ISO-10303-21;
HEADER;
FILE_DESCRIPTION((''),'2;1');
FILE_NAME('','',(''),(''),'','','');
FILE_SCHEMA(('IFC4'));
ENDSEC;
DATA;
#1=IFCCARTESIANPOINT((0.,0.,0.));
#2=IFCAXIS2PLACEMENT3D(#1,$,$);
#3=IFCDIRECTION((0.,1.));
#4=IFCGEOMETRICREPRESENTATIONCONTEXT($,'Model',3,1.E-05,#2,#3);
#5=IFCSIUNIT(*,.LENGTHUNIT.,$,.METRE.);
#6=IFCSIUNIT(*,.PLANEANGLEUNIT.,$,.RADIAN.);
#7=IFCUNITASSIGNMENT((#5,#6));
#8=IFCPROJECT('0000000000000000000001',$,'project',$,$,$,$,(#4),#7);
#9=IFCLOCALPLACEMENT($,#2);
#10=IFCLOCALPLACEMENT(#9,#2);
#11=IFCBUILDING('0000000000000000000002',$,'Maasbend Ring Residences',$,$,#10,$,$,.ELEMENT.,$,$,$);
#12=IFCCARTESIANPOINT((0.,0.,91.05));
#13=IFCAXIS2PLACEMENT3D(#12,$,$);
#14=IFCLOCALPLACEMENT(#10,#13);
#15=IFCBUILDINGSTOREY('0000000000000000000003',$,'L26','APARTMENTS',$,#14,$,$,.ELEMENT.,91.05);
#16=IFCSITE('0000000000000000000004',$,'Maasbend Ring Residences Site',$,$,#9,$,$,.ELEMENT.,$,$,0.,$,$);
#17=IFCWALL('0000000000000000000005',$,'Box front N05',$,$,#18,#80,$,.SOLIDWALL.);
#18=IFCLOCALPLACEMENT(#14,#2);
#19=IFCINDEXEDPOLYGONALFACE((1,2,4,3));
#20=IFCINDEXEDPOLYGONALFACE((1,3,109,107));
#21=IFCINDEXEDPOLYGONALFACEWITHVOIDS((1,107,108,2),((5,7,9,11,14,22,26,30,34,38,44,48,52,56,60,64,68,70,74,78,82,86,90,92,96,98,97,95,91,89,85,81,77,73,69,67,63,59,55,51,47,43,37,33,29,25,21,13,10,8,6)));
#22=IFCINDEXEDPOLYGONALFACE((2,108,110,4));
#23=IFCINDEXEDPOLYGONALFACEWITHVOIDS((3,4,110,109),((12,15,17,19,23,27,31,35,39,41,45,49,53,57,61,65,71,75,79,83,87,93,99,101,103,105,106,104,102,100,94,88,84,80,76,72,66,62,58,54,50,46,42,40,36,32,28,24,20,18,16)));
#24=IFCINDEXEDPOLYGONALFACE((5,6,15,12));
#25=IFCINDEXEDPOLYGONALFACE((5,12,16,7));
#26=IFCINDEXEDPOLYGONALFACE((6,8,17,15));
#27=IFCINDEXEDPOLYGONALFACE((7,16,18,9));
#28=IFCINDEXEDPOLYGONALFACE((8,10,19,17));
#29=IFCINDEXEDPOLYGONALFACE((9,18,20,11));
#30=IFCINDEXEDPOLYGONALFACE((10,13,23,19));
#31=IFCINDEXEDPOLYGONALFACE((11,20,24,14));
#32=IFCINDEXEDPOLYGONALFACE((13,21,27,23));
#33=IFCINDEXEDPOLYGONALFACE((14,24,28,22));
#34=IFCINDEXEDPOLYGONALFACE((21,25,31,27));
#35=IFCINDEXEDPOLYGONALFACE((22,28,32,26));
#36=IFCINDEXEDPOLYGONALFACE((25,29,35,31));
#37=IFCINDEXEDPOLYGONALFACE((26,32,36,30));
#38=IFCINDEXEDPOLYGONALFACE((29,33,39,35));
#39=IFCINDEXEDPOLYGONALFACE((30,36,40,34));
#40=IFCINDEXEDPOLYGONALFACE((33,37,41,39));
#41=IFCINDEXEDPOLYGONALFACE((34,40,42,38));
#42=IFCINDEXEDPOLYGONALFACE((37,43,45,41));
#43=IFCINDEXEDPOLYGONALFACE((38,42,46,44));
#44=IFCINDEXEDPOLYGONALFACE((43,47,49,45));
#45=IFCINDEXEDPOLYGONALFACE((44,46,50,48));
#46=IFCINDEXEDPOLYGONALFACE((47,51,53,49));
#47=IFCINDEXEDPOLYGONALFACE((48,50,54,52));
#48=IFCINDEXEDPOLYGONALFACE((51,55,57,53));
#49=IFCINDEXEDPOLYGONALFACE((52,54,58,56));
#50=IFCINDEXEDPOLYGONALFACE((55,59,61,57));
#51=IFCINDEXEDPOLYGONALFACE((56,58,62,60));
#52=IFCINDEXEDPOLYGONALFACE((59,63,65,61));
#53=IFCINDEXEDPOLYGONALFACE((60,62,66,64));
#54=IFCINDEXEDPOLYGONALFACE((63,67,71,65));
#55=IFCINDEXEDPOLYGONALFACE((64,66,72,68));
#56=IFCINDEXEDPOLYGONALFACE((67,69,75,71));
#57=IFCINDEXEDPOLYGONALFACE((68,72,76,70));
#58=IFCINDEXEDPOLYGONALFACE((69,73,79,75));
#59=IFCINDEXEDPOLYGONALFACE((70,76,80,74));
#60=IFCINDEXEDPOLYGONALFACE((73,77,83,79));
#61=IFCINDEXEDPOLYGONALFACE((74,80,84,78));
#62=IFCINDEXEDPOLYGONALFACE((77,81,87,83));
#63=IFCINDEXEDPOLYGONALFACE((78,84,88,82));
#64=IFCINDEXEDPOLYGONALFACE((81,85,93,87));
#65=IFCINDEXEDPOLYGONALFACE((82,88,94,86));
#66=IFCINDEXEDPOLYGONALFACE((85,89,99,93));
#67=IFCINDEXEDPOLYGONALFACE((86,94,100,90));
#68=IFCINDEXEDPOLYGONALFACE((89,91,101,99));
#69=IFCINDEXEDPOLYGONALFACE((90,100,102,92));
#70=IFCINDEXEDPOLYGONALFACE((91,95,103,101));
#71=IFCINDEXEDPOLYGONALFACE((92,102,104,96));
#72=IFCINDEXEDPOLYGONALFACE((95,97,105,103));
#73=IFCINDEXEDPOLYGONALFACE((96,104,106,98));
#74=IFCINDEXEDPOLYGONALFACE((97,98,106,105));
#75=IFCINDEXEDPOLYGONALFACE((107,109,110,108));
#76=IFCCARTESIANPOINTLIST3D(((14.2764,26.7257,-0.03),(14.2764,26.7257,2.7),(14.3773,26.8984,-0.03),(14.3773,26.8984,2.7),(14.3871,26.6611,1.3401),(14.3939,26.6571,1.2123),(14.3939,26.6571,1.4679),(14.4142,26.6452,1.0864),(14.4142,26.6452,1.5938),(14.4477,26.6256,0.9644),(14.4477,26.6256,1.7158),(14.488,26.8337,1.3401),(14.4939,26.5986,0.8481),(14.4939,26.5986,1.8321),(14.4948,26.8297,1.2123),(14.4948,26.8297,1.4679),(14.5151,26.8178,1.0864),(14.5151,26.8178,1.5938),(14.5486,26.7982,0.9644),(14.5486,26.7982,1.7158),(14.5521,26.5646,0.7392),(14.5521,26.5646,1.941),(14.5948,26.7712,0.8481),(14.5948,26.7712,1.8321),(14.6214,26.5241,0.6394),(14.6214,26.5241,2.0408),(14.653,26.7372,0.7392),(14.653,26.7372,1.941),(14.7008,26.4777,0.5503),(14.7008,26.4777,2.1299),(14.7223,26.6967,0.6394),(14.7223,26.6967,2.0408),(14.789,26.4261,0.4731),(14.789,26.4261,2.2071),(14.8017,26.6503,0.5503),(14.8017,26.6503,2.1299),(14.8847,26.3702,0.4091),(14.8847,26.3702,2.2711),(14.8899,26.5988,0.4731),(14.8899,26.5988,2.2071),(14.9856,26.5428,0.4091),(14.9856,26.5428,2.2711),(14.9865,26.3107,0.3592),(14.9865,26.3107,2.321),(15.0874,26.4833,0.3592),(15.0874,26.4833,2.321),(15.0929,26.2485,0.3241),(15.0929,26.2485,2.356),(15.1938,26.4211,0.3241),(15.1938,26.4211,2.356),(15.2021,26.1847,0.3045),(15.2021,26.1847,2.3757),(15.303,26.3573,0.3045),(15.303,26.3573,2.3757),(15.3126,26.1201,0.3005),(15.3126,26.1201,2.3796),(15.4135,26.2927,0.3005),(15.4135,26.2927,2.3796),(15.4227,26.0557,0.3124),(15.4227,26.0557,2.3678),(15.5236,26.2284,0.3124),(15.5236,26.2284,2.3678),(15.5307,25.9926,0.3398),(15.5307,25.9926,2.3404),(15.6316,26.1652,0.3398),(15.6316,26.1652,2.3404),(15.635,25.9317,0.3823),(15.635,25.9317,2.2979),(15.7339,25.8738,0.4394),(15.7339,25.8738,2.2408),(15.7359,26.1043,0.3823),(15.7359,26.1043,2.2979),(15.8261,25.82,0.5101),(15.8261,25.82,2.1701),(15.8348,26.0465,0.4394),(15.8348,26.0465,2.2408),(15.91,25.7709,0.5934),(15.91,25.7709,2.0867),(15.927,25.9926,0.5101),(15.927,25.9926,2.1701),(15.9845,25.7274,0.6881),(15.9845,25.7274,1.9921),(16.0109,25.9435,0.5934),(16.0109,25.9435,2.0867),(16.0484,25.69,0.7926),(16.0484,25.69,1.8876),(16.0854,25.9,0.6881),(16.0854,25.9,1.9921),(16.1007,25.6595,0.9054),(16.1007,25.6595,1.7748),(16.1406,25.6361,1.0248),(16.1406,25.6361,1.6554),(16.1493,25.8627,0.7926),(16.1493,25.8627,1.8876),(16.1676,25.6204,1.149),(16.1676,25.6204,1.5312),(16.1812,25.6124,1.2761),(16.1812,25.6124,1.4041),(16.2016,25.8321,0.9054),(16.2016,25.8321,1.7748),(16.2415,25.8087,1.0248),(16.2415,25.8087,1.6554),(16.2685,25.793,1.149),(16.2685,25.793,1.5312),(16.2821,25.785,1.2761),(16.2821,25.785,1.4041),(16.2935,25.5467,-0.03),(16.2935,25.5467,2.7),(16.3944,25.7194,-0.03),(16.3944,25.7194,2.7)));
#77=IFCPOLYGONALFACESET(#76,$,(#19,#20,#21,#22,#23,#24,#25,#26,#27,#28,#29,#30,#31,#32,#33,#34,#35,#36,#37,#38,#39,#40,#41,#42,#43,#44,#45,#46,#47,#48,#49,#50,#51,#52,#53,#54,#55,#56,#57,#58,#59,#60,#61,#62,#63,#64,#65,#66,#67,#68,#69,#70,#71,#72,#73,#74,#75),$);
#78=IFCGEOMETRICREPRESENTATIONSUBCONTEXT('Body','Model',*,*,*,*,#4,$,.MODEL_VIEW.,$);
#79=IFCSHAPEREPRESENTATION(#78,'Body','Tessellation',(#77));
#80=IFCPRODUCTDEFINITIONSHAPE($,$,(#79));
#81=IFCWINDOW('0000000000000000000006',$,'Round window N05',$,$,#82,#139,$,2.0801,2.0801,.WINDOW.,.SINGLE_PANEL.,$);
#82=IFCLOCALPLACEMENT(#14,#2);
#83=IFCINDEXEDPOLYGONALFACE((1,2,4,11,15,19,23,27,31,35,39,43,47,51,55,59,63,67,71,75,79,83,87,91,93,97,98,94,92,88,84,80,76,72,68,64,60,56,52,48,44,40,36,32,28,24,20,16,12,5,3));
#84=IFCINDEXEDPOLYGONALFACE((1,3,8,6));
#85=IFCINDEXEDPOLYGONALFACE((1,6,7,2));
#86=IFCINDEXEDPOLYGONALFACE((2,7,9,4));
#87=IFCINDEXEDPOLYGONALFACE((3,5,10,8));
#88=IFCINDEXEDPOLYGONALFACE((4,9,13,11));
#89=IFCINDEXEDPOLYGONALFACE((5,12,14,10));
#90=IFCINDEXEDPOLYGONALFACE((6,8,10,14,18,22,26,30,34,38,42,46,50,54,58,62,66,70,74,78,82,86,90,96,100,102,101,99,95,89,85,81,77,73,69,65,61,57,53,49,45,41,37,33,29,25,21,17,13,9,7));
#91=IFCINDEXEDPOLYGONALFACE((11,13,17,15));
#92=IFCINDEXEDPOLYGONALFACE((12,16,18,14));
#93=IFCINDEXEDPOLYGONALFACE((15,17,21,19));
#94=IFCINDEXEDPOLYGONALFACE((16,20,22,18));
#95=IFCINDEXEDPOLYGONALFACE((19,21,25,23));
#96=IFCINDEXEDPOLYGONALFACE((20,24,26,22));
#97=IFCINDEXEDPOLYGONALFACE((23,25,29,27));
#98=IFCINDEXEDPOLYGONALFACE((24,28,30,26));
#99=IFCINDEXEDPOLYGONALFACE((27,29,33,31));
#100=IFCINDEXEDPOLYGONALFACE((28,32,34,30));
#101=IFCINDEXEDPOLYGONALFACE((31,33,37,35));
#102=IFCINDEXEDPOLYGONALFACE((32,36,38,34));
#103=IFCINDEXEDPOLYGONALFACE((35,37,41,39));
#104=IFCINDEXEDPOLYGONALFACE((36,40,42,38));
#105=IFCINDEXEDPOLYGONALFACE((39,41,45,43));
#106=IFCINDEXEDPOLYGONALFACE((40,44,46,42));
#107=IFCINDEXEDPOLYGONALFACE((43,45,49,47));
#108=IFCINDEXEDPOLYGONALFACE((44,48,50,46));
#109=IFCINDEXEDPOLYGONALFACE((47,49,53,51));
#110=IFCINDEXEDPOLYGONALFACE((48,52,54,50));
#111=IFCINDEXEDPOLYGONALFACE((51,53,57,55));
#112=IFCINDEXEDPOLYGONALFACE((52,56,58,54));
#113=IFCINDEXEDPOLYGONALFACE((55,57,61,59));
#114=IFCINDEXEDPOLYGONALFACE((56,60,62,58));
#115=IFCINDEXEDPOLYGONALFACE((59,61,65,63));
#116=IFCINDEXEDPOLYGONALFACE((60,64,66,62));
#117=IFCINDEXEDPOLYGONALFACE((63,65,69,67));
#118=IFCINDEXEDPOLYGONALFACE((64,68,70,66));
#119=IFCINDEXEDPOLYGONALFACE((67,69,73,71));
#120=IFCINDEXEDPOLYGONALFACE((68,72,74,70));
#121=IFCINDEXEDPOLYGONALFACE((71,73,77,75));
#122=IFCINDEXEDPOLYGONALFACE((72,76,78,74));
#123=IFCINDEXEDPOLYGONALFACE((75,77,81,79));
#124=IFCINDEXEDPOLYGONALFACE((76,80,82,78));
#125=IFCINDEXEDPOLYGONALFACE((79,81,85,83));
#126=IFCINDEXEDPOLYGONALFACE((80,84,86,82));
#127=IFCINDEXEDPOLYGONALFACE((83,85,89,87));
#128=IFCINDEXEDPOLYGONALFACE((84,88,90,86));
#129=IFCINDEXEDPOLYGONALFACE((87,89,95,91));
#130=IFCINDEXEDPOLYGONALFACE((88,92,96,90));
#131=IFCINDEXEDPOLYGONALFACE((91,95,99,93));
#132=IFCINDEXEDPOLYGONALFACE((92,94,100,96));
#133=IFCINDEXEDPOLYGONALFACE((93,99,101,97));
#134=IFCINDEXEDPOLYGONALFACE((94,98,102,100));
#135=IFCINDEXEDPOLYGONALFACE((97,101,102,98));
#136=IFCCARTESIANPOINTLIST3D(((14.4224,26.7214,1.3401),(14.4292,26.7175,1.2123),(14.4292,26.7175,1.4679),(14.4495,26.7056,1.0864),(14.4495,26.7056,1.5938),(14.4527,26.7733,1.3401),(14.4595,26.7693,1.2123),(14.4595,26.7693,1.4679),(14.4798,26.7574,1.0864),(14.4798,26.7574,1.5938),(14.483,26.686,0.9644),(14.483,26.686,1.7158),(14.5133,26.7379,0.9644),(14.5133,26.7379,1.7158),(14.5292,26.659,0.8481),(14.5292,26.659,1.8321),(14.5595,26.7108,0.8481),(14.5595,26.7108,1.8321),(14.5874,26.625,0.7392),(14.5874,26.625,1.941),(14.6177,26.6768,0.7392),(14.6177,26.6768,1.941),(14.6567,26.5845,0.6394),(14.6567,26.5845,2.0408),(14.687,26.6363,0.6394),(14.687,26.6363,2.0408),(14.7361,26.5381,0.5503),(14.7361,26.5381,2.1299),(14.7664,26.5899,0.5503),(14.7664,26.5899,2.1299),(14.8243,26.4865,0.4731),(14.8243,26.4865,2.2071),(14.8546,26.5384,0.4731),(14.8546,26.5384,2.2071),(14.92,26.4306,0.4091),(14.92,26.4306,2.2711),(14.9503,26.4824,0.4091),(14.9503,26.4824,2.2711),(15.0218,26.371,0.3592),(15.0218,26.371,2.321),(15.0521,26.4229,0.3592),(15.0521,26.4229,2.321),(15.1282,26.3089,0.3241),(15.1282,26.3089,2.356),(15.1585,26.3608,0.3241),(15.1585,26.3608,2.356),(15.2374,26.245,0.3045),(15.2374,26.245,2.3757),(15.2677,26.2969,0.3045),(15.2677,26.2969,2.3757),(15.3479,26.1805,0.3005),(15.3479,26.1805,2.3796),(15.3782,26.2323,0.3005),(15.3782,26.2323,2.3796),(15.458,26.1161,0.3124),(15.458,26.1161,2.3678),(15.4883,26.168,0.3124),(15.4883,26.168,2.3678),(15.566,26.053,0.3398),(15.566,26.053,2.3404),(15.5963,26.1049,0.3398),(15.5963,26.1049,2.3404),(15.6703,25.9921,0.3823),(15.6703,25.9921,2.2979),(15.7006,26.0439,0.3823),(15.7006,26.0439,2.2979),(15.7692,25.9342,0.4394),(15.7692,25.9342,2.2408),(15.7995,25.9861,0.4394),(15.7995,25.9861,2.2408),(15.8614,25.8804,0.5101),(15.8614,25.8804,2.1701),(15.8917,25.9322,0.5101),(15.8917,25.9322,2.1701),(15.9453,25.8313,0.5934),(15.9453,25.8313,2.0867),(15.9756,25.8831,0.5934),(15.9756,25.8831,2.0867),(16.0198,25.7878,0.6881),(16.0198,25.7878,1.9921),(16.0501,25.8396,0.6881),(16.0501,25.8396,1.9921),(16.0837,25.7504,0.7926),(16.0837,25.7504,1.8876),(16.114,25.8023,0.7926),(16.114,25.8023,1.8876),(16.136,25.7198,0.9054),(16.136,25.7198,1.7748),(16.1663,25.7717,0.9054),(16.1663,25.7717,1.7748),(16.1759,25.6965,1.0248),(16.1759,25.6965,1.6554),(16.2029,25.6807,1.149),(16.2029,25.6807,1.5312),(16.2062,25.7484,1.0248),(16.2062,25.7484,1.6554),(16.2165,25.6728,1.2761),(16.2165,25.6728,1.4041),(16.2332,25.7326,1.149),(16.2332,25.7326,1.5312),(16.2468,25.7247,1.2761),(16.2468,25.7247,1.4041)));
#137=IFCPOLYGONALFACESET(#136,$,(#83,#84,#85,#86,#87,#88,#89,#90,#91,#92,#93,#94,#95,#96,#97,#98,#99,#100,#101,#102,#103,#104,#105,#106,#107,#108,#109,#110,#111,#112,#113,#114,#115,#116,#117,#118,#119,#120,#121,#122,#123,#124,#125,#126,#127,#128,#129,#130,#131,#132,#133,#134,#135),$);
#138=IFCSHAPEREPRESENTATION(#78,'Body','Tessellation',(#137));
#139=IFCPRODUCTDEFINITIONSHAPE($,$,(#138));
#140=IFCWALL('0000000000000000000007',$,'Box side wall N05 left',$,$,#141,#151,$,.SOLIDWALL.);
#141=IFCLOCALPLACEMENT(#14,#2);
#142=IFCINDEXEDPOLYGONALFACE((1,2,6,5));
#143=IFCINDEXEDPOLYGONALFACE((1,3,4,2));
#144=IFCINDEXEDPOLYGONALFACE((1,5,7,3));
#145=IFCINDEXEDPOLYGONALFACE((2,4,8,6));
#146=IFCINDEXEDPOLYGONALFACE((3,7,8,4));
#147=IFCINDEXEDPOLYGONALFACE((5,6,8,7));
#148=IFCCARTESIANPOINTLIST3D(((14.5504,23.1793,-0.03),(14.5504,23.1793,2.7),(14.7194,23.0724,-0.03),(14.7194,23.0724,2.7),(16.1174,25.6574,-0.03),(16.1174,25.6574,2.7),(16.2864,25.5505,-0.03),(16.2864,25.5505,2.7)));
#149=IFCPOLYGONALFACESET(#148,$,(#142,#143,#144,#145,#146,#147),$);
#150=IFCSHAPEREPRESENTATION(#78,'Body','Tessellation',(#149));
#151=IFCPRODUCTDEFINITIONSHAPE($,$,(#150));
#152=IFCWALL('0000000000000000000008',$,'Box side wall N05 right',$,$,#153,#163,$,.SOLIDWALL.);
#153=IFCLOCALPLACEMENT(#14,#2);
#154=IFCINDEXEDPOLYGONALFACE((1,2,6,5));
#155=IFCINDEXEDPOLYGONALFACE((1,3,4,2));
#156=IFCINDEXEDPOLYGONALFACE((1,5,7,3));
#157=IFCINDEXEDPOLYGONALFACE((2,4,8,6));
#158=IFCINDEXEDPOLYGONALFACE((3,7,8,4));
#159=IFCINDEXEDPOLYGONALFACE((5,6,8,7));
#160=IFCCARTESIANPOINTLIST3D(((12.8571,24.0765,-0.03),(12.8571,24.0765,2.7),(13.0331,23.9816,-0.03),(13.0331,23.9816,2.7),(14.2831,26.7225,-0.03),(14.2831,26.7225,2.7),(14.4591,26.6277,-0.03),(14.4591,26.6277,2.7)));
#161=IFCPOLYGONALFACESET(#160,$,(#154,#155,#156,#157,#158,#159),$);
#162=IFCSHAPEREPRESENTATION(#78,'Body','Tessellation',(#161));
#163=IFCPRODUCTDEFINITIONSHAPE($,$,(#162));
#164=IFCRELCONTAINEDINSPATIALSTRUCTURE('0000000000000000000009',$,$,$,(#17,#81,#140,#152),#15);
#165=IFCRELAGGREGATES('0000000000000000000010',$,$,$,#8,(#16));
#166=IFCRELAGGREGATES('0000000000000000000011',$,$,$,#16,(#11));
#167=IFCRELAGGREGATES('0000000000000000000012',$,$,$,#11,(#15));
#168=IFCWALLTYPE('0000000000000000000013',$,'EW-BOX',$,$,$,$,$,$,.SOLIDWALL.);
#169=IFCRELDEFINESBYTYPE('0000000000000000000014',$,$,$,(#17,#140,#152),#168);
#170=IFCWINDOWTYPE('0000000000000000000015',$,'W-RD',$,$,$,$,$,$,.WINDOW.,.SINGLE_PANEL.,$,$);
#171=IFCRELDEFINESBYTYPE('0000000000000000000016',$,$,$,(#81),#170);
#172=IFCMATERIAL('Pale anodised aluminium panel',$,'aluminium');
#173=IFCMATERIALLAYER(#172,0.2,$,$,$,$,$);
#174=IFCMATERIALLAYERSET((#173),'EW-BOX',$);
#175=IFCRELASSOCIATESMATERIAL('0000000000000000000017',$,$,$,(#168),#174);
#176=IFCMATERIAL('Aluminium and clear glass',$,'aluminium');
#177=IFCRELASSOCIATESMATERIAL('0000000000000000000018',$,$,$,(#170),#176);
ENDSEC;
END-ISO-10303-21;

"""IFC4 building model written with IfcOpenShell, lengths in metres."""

from ifc_helpers import new_model, si_unit, direction, frame, frame_2d, origin, place, context, subcontext, project, spatial, rectangle, circle, extrude, material, layer, layer_set, type_object, element, fill, save


model = new_model("IFC4")

# Units and contexts
model_context = context("Model", 3, precision=1e-05, world=origin(), true_north=direction((0.0, 1.0)))
body_context = subcontext(model_context, "Body", "Model", "MODEL_VIEW")
ifc_project = project(units=[si_unit("LENGTHUNIT", "METRE"), si_unit("PLANEANGLEUNIT", "RADIAN")], contexts=[model_context])

# Site, building, storey
site_placement = place(None, origin())
site = spatial("IfcSite", under=ifc_project, at=site_placement, Name="Maasbend Ring Residences Site", CompositionType="ELEMENT", RefElevation=0.0)
building_placement = place(site_placement, origin())
building = spatial("IfcBuilding", under=site, at=building_placement, Name="Maasbend Ring Residences", CompositionType="ELEMENT")
storey_placement = place(building_placement, frame((0.0, 0.0, 91.05)))
storey = spatial("IfcBuildingStorey", under=building, at=storey_placement, Name="L26", Description="APARTMENTS", CompositionType="ELEMENT", Elevation=91.05)

# Shared definitions
ifc_material_1 = material(Name="Pale anodised aluminium panel", Category="aluminium")
ifc_layer_1 = layer(ifc_material_1, 0.2)
ifc_layer_set_1 = layer_set([ifc_layer_1], Name="EW-BOX")
wall_type_1 = type_object("IfcWallType", Name="EW-BOX", PredefinedType="SOLIDWALL", material=ifc_layer_set_1)
ifc_material_2 = material(Name="Aluminium and clear glass", Category="aluminium")
window_type_1 = type_object("IfcWindowType", Name="W-RD", PartitioningType="SINGLE_PANEL", PredefinedType="WINDOW", material=ifc_material_2)

# Wall, opening, window
wall_1_placement = place(storey_placement, frame((16.344, 25.6331, -0.03), z_axis=(0.0, 0.0, 1.0), x_axis=(-0.863347, 0.504612, 0.0)))
wall_1 = element("IfcWall", 1, at=wall_1_placement, inside=storey, type_object=wall_type_1, Name="Box front N05", PredefinedType="SOLIDWALL", context=body_context, shape_type="SweptSolid", body=[
    extrude(rectangle(XDim=2.3364, YDim=0.2, at=frame_2d((1.1682, 0.0))), origin(), (0.0, 0.0, 1.0), 2.73),
])
opening_1_placement = place(wall_1_placement, frame((0.1282, 0.0, 0.3301)))
opening_1 = element("IfcOpeningElement", 2, at=opening_1_placement, cuts=wall_1, PredefinedType="OPENING", context=body_context, shape_type="SweptSolid", body=[
    extrude(circle(Radius=1.04, at=frame_2d((1.04, 1.04))), frame((0.0, 0.1099, 0.0), z_axis=(0.0, -1.0, 0.0), x_axis=(1.0, 0.0, 0.0)), (0.0, 0.0, 1.0), 0.22),
])
window_1_placement = place(opening_1_placement, origin())
window_1 = element("IfcWindow", 3, at=window_1_placement, inside=storey, type_object=window_type_1, Name="Round window N05", OverallHeight=2.0801, OverallWidth=2.0801, PartitioningType="SINGLE_PANEL", PredefinedType="WINDOW", context=body_context, shape_type="SweptSolid", body=[
    extrude(circle(Radius=1.04, at=frame_2d((1.04, 1.04))), frame((0.0, 0.03, 0.0), z_axis=(0.0, -1.0, 0.0), x_axis=(1.0, 0.0, 0.0)), (0.0, 0.0, 1.0), 0.0601),
])
fill(opening_1, window_1)

# Walls
wall_2_placement = place(storey_placement, frame((14.635, 23.126, -0.03), z_axis=(0.0, 0.0, 1.0), x_axis=(0.534438, 0.845208, 0.0)))
element("IfcWall", 4, at=wall_2_placement, inside=storey, type_object=wall_type_1, Name="Box side wall N05 left", PredefinedType="SOLIDWALL", context=body_context, shape_type="SweptSolid", body=[
    extrude(rectangle(XDim=2.9319, YDim=0.2, at=frame_2d((1.4658, 0.0))), origin(), (0.0, 0.0, 1.0), 2.73),
])
wall_3_placement = place(storey_placement, frame((12.9451, 24.0291, -0.03), z_axis=(0.0, 0.0, 1.0), x_axis=(0.474424, 0.880296, 0.0)))
element("IfcWall", 5, at=wall_3_placement, inside=storey, type_object=wall_type_1, Name="Box side wall N05 right", PredefinedType="SOLIDWALL", context=body_context, shape_type="SweptSolid", body=[
    extrude(rectangle(XDim=3.0059, YDim=0.2, at=frame_2d((1.5029, 0.0))), origin(), (0.0, 0.0, 1.0), 2.73),
])

save(model, "model.ifc")
